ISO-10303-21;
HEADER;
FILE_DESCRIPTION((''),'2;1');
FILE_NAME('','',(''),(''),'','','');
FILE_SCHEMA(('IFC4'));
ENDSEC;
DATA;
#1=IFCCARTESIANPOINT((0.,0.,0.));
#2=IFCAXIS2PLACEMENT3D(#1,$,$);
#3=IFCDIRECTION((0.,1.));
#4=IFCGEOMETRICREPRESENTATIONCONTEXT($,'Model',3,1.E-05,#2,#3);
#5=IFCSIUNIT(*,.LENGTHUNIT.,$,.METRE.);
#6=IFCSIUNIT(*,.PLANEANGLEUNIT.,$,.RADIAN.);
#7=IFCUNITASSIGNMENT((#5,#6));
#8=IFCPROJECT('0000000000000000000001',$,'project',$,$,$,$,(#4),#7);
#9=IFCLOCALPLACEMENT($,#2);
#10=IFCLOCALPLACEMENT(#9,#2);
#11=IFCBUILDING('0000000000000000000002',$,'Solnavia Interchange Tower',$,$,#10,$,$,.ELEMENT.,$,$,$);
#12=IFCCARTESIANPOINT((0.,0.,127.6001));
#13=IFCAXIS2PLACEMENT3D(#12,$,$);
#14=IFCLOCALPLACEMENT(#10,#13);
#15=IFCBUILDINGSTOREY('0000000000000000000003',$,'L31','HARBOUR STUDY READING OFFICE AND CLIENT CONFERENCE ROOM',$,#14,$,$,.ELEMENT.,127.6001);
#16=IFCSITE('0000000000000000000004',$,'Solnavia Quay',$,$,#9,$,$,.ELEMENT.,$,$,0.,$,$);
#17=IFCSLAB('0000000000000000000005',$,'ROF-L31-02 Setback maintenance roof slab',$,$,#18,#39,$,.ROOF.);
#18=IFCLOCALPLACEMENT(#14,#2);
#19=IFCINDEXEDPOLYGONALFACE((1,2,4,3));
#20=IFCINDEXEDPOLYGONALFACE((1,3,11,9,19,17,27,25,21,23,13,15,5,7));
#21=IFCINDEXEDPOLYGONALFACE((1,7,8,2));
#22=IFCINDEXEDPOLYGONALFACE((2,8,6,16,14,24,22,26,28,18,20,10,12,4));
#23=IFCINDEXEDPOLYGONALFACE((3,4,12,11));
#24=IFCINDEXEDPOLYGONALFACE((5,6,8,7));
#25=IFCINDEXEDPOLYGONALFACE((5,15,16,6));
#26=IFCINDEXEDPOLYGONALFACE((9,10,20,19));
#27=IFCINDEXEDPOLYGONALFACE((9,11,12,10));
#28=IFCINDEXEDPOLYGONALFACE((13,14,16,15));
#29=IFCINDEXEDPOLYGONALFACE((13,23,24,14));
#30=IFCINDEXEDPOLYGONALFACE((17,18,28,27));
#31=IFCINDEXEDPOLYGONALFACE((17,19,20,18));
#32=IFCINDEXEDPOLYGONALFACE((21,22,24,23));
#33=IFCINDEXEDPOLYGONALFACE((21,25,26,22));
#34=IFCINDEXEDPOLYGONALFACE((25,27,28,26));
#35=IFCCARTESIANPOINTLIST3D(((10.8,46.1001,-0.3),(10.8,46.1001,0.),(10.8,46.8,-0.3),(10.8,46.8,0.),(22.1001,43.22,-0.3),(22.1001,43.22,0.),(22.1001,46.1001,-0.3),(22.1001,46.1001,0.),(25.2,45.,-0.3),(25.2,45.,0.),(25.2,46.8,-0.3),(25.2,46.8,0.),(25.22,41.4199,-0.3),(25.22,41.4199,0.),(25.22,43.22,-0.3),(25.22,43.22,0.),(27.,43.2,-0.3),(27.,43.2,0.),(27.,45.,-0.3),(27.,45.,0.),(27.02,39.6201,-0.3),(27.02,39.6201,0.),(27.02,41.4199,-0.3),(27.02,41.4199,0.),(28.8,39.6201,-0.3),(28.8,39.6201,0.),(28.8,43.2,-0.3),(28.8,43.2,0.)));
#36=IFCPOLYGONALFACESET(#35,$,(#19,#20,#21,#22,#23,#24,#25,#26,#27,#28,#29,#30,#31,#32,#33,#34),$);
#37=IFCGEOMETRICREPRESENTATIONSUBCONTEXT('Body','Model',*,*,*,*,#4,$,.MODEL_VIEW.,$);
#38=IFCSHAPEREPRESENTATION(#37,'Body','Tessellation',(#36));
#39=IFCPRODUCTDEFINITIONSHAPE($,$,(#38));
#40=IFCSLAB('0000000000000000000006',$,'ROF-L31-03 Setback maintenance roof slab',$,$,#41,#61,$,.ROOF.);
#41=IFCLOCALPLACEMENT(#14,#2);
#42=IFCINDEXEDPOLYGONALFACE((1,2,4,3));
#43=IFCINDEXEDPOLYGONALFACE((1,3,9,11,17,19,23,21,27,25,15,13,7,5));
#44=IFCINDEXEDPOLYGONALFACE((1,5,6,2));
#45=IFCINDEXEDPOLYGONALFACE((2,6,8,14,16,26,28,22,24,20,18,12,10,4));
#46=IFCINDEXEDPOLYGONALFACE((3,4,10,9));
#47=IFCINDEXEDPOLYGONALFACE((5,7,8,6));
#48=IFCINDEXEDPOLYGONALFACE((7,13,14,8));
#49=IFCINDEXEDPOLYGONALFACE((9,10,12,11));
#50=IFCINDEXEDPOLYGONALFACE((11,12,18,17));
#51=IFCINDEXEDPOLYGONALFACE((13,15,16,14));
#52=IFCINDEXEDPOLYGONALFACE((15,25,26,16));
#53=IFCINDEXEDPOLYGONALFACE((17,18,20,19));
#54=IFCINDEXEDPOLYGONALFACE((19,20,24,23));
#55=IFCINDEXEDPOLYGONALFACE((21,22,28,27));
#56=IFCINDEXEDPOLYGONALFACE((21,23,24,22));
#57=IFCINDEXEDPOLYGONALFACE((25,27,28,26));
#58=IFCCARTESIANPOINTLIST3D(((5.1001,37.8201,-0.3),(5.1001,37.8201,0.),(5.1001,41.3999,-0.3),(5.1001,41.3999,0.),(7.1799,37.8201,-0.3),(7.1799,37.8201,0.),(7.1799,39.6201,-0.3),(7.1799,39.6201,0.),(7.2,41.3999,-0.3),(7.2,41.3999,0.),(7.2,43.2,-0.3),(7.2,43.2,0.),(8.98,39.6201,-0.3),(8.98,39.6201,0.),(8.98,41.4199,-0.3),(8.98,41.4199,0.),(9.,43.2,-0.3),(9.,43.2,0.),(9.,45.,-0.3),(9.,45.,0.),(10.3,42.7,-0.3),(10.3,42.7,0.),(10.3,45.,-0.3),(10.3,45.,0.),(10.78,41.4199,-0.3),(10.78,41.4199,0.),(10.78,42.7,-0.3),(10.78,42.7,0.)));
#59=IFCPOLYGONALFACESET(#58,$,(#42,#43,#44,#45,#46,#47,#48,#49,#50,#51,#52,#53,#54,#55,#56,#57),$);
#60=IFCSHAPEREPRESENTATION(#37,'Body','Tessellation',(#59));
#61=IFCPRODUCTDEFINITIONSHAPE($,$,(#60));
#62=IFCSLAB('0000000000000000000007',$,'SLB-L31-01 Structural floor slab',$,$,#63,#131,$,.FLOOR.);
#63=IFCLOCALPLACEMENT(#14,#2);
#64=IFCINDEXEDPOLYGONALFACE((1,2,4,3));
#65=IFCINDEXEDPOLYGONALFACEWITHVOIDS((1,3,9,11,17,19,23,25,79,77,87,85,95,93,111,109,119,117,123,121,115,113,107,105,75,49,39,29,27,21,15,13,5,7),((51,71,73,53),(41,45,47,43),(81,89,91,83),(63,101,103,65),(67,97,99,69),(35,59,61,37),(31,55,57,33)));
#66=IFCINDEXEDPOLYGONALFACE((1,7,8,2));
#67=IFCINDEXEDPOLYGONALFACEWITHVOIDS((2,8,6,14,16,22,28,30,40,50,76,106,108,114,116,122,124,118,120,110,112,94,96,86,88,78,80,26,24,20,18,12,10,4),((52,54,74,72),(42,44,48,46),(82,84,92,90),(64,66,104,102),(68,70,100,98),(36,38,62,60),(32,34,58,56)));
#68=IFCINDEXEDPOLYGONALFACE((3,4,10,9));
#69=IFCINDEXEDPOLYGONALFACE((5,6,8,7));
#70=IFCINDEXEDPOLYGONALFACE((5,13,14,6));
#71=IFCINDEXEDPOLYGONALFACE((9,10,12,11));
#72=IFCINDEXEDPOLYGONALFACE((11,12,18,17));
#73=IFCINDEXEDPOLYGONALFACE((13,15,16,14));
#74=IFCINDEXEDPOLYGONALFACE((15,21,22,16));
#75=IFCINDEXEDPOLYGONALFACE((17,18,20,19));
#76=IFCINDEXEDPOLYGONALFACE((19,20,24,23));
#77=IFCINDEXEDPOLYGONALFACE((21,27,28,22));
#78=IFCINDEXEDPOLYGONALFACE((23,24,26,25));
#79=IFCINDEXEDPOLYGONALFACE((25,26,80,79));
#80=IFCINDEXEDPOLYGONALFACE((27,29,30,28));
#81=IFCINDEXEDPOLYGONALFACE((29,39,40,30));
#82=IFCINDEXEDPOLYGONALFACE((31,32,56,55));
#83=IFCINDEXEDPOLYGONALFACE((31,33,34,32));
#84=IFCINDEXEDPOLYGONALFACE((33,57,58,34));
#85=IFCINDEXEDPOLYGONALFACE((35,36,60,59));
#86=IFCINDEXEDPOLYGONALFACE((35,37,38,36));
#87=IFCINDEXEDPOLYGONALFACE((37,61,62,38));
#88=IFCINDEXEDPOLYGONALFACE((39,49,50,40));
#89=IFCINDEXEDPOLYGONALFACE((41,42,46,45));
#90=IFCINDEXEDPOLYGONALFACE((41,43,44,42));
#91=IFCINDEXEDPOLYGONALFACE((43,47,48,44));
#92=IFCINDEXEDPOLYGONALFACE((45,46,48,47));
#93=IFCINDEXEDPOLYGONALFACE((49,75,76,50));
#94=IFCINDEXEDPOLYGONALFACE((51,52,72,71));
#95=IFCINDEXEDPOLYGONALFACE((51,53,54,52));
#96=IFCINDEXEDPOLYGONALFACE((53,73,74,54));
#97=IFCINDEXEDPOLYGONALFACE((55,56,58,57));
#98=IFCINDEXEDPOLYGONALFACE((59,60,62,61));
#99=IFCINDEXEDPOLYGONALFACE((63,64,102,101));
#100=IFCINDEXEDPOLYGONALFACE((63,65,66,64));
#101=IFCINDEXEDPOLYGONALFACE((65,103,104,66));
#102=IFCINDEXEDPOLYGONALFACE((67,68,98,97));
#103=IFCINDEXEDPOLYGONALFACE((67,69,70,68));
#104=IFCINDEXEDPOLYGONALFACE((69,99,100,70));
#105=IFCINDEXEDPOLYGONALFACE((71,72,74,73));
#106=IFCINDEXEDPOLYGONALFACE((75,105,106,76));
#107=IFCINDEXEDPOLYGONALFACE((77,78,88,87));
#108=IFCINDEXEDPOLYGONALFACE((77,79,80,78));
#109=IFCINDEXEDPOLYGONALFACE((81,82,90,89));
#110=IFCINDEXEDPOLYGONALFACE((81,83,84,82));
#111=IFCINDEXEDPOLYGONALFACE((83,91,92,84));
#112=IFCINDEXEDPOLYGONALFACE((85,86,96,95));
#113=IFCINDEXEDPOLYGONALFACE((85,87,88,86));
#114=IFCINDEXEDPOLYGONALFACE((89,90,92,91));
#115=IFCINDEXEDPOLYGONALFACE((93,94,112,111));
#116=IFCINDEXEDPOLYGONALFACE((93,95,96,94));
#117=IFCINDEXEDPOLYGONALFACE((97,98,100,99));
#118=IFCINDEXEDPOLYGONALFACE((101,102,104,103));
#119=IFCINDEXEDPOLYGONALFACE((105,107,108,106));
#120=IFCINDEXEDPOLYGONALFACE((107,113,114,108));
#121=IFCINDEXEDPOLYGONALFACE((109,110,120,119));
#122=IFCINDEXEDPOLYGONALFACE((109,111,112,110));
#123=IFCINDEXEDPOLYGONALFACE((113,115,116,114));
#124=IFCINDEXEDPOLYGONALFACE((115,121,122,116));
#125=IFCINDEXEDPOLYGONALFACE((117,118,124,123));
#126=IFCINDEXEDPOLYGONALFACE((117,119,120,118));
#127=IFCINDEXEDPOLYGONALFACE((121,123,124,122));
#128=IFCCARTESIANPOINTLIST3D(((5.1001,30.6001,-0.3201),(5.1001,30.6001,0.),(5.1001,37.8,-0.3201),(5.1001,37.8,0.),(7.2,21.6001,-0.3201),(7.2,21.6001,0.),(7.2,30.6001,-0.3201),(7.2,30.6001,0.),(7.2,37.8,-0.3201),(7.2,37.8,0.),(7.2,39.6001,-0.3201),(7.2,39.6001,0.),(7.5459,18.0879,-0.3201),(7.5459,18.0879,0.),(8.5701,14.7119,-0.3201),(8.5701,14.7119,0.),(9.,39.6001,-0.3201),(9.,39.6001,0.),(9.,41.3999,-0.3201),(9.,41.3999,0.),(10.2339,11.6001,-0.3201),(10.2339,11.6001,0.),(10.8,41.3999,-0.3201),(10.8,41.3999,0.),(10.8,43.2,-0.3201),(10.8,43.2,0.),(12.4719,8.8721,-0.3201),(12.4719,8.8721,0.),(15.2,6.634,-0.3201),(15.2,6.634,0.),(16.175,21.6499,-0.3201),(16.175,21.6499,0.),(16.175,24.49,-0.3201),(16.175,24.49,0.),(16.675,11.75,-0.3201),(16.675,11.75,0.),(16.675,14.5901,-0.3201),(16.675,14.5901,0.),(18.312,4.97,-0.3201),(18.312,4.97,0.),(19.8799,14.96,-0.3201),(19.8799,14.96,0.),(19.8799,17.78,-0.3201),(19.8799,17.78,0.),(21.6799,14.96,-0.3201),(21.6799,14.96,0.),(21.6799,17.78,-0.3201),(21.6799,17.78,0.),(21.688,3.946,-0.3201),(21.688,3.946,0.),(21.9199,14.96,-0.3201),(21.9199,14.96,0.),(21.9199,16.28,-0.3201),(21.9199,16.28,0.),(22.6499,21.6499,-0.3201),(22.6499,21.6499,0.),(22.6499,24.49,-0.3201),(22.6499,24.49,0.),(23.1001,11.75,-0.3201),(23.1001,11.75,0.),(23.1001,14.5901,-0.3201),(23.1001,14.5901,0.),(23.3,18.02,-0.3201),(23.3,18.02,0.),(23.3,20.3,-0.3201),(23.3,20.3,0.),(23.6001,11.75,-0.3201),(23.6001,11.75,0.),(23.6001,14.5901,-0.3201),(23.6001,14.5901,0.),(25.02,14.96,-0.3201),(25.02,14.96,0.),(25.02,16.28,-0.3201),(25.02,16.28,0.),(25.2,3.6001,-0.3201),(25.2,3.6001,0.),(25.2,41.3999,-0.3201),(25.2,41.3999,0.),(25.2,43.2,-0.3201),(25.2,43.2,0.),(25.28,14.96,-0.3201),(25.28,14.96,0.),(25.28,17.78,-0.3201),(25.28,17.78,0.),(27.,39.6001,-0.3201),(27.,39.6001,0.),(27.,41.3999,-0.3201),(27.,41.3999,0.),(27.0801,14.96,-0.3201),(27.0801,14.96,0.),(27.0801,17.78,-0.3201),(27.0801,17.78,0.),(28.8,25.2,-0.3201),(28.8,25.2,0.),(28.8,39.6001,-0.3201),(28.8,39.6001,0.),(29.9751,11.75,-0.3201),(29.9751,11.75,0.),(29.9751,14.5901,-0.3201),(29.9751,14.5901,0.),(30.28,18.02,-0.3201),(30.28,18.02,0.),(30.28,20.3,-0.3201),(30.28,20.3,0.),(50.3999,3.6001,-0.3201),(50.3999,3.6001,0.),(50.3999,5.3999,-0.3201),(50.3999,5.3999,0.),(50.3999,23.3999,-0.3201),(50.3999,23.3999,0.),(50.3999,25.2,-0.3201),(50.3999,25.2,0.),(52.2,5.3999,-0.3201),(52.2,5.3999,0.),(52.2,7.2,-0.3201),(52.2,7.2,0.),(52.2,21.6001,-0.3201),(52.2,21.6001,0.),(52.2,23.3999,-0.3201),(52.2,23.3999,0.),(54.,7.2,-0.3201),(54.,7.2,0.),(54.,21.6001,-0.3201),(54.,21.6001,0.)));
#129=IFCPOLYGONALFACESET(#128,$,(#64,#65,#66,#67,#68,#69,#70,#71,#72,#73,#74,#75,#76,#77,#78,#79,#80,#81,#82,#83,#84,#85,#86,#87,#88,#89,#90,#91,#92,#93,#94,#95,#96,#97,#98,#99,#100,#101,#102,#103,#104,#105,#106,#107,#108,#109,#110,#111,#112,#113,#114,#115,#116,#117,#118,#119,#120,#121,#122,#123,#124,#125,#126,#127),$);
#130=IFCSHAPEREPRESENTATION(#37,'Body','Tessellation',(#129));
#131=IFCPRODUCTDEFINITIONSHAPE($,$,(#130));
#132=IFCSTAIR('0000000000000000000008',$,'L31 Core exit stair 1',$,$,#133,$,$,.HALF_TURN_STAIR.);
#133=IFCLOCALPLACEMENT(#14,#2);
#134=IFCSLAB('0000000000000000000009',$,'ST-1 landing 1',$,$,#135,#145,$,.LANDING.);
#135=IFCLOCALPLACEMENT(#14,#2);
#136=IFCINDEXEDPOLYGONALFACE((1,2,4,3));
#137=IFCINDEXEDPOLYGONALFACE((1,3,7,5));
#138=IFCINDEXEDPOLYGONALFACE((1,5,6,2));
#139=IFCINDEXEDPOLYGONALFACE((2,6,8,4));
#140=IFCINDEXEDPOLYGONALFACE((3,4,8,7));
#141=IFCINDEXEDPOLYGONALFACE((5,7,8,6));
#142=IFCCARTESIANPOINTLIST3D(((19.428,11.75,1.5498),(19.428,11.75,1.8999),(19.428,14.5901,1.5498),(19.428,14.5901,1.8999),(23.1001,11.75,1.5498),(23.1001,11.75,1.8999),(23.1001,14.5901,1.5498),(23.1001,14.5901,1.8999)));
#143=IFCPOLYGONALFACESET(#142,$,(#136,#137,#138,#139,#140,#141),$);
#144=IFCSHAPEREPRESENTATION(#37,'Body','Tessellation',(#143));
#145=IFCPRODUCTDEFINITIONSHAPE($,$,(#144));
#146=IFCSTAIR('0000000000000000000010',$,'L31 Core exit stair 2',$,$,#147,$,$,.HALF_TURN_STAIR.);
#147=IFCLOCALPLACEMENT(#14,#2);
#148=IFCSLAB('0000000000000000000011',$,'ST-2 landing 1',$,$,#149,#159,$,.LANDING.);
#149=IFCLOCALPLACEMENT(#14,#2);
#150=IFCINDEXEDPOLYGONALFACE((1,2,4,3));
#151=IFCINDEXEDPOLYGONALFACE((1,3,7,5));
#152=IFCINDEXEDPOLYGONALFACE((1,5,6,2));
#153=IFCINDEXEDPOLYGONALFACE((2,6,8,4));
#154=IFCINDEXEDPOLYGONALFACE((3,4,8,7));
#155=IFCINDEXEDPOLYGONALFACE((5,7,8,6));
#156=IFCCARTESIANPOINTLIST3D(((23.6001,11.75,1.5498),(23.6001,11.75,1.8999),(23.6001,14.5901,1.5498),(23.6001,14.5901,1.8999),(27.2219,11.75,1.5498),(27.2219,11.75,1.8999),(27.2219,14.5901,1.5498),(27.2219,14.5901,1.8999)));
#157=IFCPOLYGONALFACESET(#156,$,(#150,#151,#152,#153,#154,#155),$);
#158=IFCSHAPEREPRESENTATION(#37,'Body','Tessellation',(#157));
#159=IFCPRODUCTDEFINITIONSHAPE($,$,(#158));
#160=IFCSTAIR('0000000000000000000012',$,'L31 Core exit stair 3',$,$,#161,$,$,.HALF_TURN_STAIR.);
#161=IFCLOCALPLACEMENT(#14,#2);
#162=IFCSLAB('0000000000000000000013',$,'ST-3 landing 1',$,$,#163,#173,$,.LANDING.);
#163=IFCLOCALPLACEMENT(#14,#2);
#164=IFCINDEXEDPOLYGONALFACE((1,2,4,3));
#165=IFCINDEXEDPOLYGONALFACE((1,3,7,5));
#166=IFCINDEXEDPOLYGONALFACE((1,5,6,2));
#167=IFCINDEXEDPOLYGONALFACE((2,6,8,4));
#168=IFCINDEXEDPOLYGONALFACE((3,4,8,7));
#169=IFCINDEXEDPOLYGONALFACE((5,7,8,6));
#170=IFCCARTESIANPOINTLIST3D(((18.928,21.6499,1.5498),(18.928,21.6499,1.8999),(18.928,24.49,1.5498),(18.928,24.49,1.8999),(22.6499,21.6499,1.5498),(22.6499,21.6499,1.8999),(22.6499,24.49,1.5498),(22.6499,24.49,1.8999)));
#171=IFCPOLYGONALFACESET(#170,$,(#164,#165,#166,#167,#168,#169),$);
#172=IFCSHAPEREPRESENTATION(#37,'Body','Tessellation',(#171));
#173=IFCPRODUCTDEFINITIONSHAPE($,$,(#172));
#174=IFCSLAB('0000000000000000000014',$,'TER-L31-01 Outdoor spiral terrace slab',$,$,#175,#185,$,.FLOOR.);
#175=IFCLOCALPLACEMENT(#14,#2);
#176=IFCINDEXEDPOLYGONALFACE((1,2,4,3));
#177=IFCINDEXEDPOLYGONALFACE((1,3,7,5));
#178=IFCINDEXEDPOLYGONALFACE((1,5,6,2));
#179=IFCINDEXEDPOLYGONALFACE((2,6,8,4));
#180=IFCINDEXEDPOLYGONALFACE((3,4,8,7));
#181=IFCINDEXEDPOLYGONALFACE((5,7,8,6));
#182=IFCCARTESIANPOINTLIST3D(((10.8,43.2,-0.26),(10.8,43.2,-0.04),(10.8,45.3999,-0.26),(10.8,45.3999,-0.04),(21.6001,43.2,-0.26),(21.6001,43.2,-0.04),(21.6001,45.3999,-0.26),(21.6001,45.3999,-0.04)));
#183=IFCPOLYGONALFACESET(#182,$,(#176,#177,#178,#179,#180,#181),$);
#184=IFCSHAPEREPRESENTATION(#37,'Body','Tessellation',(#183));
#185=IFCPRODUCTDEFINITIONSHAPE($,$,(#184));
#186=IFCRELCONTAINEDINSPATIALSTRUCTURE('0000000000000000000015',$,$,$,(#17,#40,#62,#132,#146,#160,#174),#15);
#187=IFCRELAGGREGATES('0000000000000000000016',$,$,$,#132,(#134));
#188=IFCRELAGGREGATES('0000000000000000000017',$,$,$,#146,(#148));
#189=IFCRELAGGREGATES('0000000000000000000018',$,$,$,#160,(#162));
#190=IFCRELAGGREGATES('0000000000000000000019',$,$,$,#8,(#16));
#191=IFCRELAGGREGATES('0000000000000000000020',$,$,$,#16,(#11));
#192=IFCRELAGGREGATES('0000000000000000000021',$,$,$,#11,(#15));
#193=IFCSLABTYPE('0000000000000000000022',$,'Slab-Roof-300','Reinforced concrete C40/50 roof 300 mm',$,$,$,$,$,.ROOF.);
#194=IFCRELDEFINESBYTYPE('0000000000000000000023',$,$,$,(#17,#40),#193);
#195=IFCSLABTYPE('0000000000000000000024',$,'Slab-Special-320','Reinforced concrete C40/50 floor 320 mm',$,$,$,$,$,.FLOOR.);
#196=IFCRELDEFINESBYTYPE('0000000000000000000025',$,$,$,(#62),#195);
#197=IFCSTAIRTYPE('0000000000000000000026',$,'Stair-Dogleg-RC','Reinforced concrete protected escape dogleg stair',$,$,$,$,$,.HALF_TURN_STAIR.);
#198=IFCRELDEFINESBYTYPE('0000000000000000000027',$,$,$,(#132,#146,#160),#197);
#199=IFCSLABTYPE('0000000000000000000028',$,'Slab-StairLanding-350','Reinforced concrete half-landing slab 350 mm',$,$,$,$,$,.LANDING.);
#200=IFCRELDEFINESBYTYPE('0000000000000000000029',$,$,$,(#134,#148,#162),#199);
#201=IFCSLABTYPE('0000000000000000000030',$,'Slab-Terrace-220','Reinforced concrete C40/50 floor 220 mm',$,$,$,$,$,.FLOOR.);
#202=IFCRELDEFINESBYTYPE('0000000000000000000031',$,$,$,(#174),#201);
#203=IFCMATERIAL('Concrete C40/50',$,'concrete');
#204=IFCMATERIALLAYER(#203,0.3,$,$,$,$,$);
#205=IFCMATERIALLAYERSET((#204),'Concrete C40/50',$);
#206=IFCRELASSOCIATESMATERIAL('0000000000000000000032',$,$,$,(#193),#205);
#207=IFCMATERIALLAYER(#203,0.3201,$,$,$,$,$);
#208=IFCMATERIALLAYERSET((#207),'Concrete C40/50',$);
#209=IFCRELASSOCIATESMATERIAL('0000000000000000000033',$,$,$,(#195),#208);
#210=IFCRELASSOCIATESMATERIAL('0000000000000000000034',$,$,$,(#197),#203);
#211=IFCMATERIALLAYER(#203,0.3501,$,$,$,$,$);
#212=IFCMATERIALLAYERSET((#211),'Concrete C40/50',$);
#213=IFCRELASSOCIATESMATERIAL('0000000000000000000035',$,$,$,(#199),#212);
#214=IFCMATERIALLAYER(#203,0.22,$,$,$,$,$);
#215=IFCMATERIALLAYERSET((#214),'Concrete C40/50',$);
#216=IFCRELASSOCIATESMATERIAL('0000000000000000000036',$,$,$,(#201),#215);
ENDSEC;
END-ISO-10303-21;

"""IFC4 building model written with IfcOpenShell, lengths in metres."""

from ifc_helpers import new_model, si_unit, direction, frame, origin, place, context, subcontext, project, spatial, polyline, outline, extrude, material, layer, layer_set, type_object, element, aggregate, save


model = new_model("IFC4")

# Units and contexts
model_context = context("Model", 3, precision=1e-05, world=origin(), true_north=direction((0.0, 1.0)))
body_context = subcontext(model_context, "Body", "Model", "MODEL_VIEW")
ifc_project = project(units=[si_unit("LENGTHUNIT", "METRE"), si_unit("PLANEANGLEUNIT", "RADIAN")], contexts=[model_context])

# Site, building, storey
site_placement = place(None, origin())
site = spatial("IfcSite", under=ifc_project, at=site_placement, Name="Solnavia Quay", CompositionType="ELEMENT", RefElevation=0.0)
building_placement = place(site_placement, origin())
building = spatial("IfcBuilding", under=site, at=building_placement, Name="Solnavia Interchange Tower", CompositionType="ELEMENT")
storey_placement = place(building_placement, frame((0.0, 0.0, 127.6001)))
storey = spatial("IfcBuildingStorey", under=building, at=storey_placement, Name="L31", Description="HARBOUR STUDY READING OFFICE AND CLIENT CONFERENCE ROOM", CompositionType="ELEMENT", Elevation=127.6001)

# Slabs
ifc_material_1 = material(Name="Concrete C40/50", Category="concrete")
ifc_layer_1 = layer(ifc_material_1, 0.3)
ifc_layer_set_1 = layer_set([ifc_layer_1], Name="Concrete C40/50")
slab_type_1 = type_object("IfcSlabType", Name="Slab-Roof-300", Description="Reinforced concrete C40/50 roof 300 mm", PredefinedType="ROOF", material=ifc_layer_set_1)
slab_1_placement = place(storey_placement, frame((0.0, 0.0, -0.3)))
element("IfcSlab", 1, at=slab_1_placement, inside=storey, type_object=slab_type_1, Name="ROF-L31-02 Setback maintenance roof slab", PredefinedType="ROOF", context=body_context, shape_type="SweptSolid", body=[
    extrude(outline(polyline([(10.8, 46.8), (25.2, 46.8), (25.2, 45.0), (27.0, 45.0), (27.0, 43.2), (28.8, 43.2), (28.8, 39.6201), (27.02, 39.6201), (27.02, 41.4199), (25.22, 41.4199), (25.22, 43.22), (22.1001, 43.22), (22.1001, 46.1001), (10.8, 46.1001), (10.8, 46.8)])), origin(), (0.0, 0.0, 1.0), 0.3),
])
slab_2_placement = place(storey_placement, frame((0.0, 0.0, -0.3)))
element("IfcSlab", 2, at=slab_2_placement, inside=storey, type_object=slab_type_1, Name="ROF-L31-03 Setback maintenance roof slab", PredefinedType="ROOF", context=body_context, shape_type="SweptSolid", body=[
    extrude(outline(polyline([(7.2, 41.3999), (7.2, 43.2), (9.0, 43.2), (9.0, 45.0), (10.3, 45.0), (10.3, 42.7), (10.78, 42.7), (10.78, 41.4199), (8.98, 41.4199), (8.98, 39.6201), (7.1799, 39.6201), (7.1799, 37.8201), (5.1001, 37.8201), (5.1001, 41.3999), (7.2, 41.3999)])), origin(), (0.0, 0.0, 1.0), 0.3),
])
ifc_layer_2 = layer(ifc_material_1, 0.3201)
ifc_layer_set_2 = layer_set([ifc_layer_2], Name="Concrete C40/50")
slab_type_2 = type_object("IfcSlabType", Name="Slab-Special-320", Description="Reinforced concrete C40/50 floor 320 mm", PredefinedType="FLOOR", material=ifc_layer_set_2)
slab_3_placement = place(storey_placement, frame((0.0, 0.0, -0.3201)))
element("IfcSlab", 3, at=slab_3_placement, inside=storey, type_object=slab_type_2, Name="SLB-L31-01 Structural floor slab", PredefinedType="FLOOR", context=body_context, shape_type="SweptSolid", body=[
    extrude(outline(polyline([(25.2, 3.6001), (50.3999, 3.6001), (50.3999, 5.3999), (52.2, 5.3999), (52.2, 7.2), (54.0, 7.2), (54.0, 21.6001), (52.2, 21.6001), (52.2, 23.3999), (50.3999, 23.3999), (50.3999, 25.2), (28.8, 25.2), (28.8, 39.6001), (27.0, 39.6001), (27.0, 41.3999), (25.2, 41.3999), (25.2, 43.2), (10.8, 43.2), (10.8, 41.3999), (9.0, 41.3999), (9.0, 39.6001), (7.2, 39.6001), (7.2, 37.8), (5.1001, 37.8), (5.1001, 30.6001), (7.2, 30.6001), (7.2, 21.6001), (7.5459, 18.0879), (8.5701, 14.7119), (10.2339, 11.6001), (12.4719, 8.8721), (15.2, 6.634), (18.312, 4.97), (21.688, 3.946), (25.2, 3.6001)]), holes=[polyline([(16.675, 11.75), (23.1001, 11.75), (23.1001, 14.5901), (16.675, 14.5901), (16.675, 11.75)]), polyline([(23.6001, 11.75), (29.9751, 11.75), (29.9751, 14.5901), (23.6001, 14.5901), (23.6001, 11.75)]), polyline([(16.175, 21.6499), (22.6499, 21.6499), (22.6499, 24.49), (16.175, 24.49), (16.175, 21.6499)]), polyline([(19.8799, 14.96), (21.6799, 14.96), (21.6799, 17.78), (19.8799, 17.78), (19.8799, 14.96)]), polyline([(25.28, 14.96), (27.0801, 14.96), (27.0801, 17.78), (25.28, 17.78), (25.28, 14.96)]), polyline([(21.9199, 14.96), (25.02, 14.96), (25.02, 16.28), (21.9199, 16.28), (21.9199, 14.96)]), polyline([(23.3, 18.02), (30.28, 18.02), (30.28, 20.3), (23.3, 20.3), (23.3, 18.02)])]), origin(), (0.0, 0.0, 1.0), 0.3201),
])

# Stairs, slabs
stair_type = type_object("IfcStairType", Name="Stair-Dogleg-RC", Description="Reinforced concrete protected escape dogleg stair", PredefinedType="HALF_TURN_STAIR", material=ifc_material_1)
stair_1_placement = place(storey_placement, origin())
stair_1 = element("IfcStair", 4, at=stair_1_placement, inside=storey, type_object=stair_type, Name="L31 Core exit stair 1", PredefinedType="HALF_TURN_STAIR")
ifc_layer_3 = layer(ifc_material_1, 0.3501)
ifc_layer_set_3 = layer_set([ifc_layer_3], Name="Concrete C40/50")
slab_type_3 = type_object("IfcSlabType", Name="Slab-StairLanding-350", Description="Reinforced concrete half-landing slab 350 mm", PredefinedType="LANDING", material=ifc_layer_set_3)
slab_4_placement = place(storey_placement, frame((0.0, 0.0, 1.5498)))
slab_4 = element("IfcSlab", 5, at=slab_4_placement, type_object=slab_type_3, Name="ST-1 landing 1", PredefinedType="LANDING", context=body_context, shape_type="SweptSolid", body=[
    extrude(outline(polyline([(19.428, 11.75), (23.1001, 11.75), (23.1001, 14.5901), (19.428, 14.5901), (19.428, 11.75)])), origin(), (0.0, 0.0, 1.0), 0.3501),
])
aggregate(stair_1, [slab_4])
stair_2_placement = place(storey_placement, origin())
stair_2 = element("IfcStair", 6, at=stair_2_placement, inside=storey, type_object=stair_type, Name="L31 Core exit stair 2", PredefinedType="HALF_TURN_STAIR")
slab_5_placement = place(storey_placement, frame((0.0, 0.0, 1.5498)))
slab_5 = element("IfcSlab", 7, at=slab_5_placement, type_object=slab_type_3, Name="ST-2 landing 1", PredefinedType="LANDING", context=body_context, shape_type="SweptSolid", body=[
    extrude(outline(polyline([(23.6001, 11.75), (27.2219, 11.75), (27.2219, 14.5901), (23.6001, 14.5901), (23.6001, 11.75)])), origin(), (0.0, 0.0, 1.0), 0.3501),
])
aggregate(stair_2, [slab_5])
stair_3_placement = place(storey_placement, origin())
stair_3 = element("IfcStair", 8, at=stair_3_placement, inside=storey, type_object=stair_type, Name="L31 Core exit stair 3", PredefinedType="HALF_TURN_STAIR")
slab_6_placement = place(storey_placement, frame((0.0, 0.0, 1.5498)))
slab_6 = element("IfcSlab", 9, at=slab_6_placement, type_object=slab_type_3, Name="ST-3 landing 1", PredefinedType="LANDING", context=body_context, shape_type="SweptSolid", body=[
    extrude(outline(polyline([(18.928, 21.6499), (22.6499, 21.6499), (22.6499, 24.49), (18.928, 24.49), (18.928, 21.6499)])), origin(), (0.0, 0.0, 1.0), 0.3501),
])
aggregate(stair_3, [slab_6])

# Slab
ifc_layer_4 = layer(ifc_material_1, 0.22)
ifc_layer_set_4 = layer_set([ifc_layer_4], Name="Concrete C40/50")
slab_type_4 = type_object("IfcSlabType", Name="Slab-Terrace-220", Description="Reinforced concrete C40/50 floor 220 mm", PredefinedType="FLOOR", material=ifc_layer_set_4)
slab_7_placement = place(storey_placement, frame((0.0, 0.0, -0.26)))
element("IfcSlab", 10, at=slab_7_placement, inside=storey, type_object=slab_type_4, Name="TER-L31-01 Outdoor spiral terrace slab", PredefinedType="FLOOR", context=body_context, shape_type="SweptSolid", body=[
    extrude(outline(polyline([(10.8, 43.2), (21.6001, 43.2), (21.6001, 45.3999), (10.8, 45.3999), (10.8, 43.2)])), origin(), (0.0, 0.0, 1.0), 0.22),
])

save(model, "model.ifc")
